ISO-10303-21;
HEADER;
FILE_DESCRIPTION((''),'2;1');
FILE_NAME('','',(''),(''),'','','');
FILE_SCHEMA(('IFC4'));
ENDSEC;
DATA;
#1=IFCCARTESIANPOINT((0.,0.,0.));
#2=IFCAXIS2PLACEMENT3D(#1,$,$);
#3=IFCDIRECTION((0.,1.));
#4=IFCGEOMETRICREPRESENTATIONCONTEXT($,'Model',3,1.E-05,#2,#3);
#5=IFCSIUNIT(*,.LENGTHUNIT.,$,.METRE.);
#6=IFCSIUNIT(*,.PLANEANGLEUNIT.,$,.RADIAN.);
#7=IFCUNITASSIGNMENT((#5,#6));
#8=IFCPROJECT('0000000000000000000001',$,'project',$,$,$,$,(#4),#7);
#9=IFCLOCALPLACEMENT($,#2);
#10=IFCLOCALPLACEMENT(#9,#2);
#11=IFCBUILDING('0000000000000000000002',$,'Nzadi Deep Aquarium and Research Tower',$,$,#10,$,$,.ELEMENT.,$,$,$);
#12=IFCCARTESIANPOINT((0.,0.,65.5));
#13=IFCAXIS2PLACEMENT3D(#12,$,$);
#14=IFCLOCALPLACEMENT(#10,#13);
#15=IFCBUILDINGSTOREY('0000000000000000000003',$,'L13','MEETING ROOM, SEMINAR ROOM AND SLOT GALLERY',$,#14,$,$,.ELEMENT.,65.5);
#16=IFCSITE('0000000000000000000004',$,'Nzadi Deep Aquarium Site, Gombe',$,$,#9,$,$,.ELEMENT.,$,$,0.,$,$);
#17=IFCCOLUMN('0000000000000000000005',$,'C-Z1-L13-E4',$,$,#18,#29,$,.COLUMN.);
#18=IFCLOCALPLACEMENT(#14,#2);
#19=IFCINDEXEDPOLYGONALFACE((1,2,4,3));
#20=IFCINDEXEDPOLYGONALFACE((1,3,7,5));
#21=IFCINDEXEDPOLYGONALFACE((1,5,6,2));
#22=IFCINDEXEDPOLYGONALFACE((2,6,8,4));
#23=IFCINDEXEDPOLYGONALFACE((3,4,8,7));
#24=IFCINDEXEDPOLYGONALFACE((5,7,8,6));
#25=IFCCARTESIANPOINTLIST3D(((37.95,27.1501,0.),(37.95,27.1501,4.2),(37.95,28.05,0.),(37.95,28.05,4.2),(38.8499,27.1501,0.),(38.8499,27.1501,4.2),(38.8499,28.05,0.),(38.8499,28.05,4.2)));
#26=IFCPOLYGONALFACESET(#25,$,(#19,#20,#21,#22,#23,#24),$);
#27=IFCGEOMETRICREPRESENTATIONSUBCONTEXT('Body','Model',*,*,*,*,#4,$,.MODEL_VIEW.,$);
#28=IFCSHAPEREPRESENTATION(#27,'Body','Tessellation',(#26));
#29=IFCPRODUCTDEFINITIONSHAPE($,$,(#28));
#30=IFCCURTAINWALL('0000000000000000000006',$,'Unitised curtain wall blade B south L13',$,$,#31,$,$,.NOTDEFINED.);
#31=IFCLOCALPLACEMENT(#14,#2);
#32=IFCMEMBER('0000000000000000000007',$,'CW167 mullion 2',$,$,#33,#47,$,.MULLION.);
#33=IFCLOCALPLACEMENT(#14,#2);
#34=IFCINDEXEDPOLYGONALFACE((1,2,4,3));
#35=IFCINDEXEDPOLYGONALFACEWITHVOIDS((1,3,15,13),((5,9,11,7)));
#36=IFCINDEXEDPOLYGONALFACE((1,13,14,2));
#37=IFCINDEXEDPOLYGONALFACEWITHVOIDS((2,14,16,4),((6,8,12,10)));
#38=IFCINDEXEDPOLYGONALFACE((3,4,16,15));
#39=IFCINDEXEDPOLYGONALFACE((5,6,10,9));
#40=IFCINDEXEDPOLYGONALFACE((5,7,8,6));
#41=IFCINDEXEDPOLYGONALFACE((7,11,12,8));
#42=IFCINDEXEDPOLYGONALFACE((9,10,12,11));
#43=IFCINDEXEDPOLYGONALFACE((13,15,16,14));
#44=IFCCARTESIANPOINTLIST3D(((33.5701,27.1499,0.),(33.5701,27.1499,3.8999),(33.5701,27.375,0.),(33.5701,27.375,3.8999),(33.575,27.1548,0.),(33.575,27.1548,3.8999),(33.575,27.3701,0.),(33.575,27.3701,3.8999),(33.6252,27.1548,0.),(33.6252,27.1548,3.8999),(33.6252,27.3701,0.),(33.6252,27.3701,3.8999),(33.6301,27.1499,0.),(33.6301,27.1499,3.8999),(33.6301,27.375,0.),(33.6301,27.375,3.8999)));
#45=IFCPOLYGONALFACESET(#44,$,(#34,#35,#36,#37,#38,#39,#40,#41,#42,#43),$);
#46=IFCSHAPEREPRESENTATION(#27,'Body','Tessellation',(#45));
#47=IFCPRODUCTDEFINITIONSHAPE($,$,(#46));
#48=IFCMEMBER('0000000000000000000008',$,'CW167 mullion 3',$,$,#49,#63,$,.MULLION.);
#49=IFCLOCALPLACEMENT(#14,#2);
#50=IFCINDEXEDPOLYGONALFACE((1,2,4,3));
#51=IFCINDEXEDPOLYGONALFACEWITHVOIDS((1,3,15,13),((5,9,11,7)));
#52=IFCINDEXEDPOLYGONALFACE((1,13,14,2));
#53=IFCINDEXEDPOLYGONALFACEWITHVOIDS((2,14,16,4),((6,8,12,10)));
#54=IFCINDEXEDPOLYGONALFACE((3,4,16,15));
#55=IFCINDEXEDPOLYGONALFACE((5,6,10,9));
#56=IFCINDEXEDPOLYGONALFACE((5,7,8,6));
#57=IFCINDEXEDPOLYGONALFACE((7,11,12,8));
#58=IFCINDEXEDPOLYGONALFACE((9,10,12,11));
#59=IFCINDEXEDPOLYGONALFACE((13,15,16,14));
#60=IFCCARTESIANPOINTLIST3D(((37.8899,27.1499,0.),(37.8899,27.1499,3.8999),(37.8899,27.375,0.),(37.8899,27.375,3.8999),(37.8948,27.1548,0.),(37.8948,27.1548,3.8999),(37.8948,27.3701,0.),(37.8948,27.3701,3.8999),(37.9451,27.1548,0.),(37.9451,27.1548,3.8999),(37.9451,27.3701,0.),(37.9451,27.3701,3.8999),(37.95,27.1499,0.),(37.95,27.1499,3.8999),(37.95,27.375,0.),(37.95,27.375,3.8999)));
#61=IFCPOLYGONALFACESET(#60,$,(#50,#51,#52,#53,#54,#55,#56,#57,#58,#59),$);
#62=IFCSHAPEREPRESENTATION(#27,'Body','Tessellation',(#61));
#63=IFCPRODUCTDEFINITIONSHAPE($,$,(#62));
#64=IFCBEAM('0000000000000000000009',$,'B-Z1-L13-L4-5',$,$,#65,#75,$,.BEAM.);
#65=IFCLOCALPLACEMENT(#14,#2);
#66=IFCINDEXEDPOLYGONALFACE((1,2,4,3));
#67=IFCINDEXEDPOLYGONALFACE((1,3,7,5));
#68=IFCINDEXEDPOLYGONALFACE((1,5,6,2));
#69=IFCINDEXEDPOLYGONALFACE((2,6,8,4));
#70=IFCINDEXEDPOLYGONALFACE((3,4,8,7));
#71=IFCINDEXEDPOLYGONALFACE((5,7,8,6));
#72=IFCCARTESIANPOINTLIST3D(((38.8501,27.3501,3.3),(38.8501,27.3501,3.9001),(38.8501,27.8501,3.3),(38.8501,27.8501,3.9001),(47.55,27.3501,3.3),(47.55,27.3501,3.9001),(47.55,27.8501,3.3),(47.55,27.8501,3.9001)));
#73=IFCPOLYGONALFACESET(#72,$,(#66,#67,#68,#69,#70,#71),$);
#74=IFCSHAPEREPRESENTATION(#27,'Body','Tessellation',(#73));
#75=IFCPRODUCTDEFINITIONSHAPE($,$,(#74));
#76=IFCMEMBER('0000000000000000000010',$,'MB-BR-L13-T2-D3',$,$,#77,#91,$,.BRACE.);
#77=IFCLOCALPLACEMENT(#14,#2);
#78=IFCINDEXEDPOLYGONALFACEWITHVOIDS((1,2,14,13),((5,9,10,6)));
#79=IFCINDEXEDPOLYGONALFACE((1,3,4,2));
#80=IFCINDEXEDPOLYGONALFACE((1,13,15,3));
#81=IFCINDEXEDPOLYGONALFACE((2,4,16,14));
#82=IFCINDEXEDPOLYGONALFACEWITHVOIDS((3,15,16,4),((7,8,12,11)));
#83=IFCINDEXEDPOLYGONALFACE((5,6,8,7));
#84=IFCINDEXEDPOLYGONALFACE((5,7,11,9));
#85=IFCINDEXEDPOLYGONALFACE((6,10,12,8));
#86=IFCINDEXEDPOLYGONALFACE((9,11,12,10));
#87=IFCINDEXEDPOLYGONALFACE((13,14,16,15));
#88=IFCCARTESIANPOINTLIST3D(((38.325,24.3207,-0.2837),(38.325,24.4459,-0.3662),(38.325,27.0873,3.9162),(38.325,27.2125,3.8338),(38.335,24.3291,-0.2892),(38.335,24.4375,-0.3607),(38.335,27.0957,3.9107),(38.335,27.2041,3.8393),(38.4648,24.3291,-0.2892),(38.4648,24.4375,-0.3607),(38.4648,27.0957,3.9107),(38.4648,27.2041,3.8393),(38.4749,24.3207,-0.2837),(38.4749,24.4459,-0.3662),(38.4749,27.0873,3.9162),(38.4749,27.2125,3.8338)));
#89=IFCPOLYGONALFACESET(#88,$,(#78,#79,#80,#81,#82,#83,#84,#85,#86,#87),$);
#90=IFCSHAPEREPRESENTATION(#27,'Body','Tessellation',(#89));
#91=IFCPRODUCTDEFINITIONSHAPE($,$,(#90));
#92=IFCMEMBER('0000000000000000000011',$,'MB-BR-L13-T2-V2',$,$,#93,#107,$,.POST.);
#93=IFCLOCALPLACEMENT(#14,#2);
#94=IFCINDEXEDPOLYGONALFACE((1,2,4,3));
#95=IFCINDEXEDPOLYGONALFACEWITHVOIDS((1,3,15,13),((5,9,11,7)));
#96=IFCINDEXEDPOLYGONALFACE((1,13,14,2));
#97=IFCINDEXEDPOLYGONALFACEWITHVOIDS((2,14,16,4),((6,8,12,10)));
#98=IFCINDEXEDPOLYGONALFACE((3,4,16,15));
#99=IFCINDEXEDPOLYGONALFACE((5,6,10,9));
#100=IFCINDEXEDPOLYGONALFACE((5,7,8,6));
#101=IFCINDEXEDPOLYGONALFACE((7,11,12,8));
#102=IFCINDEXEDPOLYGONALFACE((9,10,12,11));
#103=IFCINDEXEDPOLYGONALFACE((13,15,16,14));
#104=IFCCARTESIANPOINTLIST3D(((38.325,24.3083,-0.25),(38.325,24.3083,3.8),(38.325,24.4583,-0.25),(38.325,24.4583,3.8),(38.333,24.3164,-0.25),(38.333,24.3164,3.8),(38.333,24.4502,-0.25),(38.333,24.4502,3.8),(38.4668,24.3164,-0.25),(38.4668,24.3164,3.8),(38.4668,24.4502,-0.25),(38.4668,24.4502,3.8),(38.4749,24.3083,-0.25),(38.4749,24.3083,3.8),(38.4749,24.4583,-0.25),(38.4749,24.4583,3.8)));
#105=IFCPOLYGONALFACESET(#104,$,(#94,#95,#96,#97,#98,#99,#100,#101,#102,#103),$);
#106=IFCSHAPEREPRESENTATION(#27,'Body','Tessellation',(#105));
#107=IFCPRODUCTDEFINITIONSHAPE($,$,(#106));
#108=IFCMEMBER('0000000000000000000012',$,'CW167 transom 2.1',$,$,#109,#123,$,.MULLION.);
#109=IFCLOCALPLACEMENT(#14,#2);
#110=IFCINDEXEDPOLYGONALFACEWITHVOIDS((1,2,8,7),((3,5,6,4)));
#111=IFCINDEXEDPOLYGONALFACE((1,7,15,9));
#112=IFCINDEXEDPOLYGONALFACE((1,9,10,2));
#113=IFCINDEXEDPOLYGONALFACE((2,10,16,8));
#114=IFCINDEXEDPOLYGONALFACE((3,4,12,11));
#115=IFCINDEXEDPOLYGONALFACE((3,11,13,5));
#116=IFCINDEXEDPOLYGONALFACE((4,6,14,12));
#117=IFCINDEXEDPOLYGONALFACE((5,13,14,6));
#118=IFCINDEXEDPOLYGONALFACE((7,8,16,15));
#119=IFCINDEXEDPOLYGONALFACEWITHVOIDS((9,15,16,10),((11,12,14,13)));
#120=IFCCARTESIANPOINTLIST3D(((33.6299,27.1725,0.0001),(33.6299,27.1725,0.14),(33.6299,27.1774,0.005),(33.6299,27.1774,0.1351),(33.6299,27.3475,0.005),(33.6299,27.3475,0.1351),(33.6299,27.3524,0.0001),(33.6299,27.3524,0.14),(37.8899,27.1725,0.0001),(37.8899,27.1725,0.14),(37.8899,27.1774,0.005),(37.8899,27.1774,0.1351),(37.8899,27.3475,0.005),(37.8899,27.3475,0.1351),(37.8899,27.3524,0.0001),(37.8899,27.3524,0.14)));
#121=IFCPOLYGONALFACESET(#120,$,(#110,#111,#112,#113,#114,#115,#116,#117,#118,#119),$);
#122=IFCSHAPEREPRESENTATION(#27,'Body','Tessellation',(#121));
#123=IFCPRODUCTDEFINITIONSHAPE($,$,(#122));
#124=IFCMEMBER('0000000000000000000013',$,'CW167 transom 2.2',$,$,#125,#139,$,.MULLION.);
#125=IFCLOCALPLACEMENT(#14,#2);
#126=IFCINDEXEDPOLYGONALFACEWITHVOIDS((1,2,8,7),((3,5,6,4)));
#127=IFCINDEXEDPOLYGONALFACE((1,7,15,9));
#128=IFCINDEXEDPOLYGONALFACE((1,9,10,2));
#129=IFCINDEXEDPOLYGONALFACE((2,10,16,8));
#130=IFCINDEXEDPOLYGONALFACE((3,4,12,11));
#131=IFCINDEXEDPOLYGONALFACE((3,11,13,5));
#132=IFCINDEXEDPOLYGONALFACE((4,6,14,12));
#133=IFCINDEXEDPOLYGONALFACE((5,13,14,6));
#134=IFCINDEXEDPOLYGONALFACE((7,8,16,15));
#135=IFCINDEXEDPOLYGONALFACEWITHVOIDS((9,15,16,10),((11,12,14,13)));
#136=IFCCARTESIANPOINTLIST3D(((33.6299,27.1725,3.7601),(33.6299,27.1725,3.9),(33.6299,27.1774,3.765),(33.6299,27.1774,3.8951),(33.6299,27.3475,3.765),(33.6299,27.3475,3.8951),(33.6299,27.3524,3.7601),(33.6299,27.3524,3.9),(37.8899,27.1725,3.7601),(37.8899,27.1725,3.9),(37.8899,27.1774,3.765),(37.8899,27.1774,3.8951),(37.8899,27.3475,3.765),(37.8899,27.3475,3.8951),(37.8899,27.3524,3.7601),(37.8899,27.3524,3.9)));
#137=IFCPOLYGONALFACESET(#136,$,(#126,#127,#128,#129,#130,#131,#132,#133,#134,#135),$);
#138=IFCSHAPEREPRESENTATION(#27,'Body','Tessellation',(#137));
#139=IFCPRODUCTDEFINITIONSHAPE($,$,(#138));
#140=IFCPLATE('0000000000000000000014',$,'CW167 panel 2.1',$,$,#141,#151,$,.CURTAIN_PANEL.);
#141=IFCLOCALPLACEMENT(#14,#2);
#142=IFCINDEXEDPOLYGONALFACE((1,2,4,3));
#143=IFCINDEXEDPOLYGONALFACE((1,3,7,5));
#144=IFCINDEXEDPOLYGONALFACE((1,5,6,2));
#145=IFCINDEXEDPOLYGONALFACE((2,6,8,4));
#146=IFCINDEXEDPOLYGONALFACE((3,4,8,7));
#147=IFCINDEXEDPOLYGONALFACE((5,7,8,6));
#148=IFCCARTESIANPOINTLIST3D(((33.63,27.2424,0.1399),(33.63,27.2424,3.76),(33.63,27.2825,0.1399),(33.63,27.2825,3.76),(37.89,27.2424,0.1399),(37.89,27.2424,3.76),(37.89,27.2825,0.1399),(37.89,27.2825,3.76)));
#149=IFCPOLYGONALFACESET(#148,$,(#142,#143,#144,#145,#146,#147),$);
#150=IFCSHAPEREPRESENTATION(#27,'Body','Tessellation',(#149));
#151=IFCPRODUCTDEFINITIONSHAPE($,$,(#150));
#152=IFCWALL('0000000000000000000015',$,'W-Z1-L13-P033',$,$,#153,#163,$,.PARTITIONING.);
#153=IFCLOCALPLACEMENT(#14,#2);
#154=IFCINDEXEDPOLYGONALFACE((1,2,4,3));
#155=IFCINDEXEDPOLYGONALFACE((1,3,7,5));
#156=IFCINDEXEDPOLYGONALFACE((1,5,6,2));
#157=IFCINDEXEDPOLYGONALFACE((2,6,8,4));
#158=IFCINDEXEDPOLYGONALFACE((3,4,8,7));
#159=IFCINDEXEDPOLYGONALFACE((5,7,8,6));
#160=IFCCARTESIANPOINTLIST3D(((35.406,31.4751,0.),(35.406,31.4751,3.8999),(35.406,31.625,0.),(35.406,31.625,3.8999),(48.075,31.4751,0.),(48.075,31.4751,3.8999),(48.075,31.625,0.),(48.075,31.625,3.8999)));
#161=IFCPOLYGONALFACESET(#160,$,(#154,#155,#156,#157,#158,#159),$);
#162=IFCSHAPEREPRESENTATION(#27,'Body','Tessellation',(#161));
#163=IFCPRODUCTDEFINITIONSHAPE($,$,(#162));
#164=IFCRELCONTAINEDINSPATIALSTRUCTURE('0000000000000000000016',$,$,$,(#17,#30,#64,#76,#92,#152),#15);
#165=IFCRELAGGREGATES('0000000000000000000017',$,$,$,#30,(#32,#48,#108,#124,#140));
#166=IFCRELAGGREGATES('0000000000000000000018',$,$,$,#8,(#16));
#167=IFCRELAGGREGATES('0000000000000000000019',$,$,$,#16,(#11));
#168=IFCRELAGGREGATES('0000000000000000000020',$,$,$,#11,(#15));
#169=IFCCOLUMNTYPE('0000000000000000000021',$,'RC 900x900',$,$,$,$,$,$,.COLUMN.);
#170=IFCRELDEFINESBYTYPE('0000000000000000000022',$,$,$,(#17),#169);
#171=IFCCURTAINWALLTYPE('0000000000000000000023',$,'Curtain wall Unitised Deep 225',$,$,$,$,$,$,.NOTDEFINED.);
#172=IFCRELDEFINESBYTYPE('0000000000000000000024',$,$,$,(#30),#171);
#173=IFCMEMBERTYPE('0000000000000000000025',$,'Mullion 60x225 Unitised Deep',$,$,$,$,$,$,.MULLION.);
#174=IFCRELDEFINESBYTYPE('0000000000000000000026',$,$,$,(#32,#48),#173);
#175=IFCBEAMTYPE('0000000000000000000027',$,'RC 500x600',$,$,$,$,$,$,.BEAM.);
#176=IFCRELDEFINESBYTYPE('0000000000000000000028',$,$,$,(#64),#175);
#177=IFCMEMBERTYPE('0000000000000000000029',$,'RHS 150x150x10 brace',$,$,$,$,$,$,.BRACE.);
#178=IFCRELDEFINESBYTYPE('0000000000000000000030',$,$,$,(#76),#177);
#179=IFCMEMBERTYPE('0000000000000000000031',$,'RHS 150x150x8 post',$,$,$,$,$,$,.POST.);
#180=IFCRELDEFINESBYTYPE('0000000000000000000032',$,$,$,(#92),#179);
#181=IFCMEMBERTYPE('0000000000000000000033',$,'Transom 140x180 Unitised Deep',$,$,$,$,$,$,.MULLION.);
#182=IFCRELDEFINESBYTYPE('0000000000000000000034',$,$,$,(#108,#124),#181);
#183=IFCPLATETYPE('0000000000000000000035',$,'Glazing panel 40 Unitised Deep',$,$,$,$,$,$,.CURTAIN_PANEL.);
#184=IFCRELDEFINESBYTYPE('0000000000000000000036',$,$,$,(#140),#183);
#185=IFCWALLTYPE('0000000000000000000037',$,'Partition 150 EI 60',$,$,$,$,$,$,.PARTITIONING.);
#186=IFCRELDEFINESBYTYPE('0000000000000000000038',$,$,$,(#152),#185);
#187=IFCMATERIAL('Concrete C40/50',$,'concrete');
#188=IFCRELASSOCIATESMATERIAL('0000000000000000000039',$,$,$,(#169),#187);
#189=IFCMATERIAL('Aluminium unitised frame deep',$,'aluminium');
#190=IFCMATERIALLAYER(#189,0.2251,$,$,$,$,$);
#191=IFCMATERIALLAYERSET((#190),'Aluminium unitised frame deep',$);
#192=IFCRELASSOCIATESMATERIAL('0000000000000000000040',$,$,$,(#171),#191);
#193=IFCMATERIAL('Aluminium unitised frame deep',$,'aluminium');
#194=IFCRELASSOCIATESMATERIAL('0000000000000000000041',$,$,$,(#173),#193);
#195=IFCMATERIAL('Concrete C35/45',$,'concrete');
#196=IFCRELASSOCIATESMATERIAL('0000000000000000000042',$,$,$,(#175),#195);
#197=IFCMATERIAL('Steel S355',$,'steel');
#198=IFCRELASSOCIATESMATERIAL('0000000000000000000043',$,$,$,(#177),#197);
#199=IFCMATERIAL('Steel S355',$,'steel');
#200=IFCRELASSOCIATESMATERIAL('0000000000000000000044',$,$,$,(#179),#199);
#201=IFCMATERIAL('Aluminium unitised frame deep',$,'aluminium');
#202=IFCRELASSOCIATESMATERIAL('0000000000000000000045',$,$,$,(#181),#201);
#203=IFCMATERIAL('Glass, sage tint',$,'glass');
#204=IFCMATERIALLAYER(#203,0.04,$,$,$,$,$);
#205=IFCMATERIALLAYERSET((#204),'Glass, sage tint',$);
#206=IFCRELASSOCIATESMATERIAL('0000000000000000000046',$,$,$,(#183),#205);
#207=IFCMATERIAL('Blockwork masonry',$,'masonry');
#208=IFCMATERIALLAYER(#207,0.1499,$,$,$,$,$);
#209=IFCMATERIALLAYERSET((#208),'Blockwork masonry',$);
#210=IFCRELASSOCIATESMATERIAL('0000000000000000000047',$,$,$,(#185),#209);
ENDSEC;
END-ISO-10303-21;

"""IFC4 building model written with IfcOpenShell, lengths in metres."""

from ifc_helpers import new_model, si_unit, direction, frame, frame_2d, origin, origin_2d, place, context, subcontext, project, spatial, rectangle, hollow_rectangle, extrude, material, layer, layer_set, material_profile, profile_set, type_object, element, aggregate, save


model = new_model("IFC4")

# Units and contexts
model_context = context("Model", 3, precision=1e-05, world=origin(), true_north=direction((0.0, 1.0)))
body_context = subcontext(model_context, "Body", "Model", "MODEL_VIEW")
ifc_project = project(units=[si_unit("LENGTHUNIT", "METRE"), si_unit("PLANEANGLEUNIT", "RADIAN")], contexts=[model_context])

# Site, building, storey
site_placement = place(None, origin())
site = spatial("IfcSite", under=ifc_project, at=site_placement, Name="Nzadi Deep Aquarium Site, Gombe", CompositionType="ELEMENT", RefElevation=0.0)
building_placement = place(site_placement, origin())
building = spatial("IfcBuilding", under=site, at=building_placement, Name="Nzadi Deep Aquarium and Research Tower", CompositionType="ELEMENT")
storey_placement = place(building_placement, frame((0.0, 0.0, 65.5)))
storey = spatial("IfcBuildingStorey", under=building, at=storey_placement, Name="L13", Description="MEETING ROOM, SEMINAR ROOM AND SLOT GALLERY", CompositionType="ELEMENT", Elevation=65.5)

# Column
ifc_material_1 = material(Name="Concrete C40/50", Category="concrete")
ifc_material_profile_1 = material_profile(ifc_material_1, rectangle(XDim=0.8999, YDim=0.8999, at=origin_2d()))
ifc_profile_set_1 = profile_set([ifc_material_profile_1], Name="Concrete C40/50")
column_type = type_object("IfcColumnType", Name="RC 900x900", PredefinedType="COLUMN", material=ifc_profile_set_1)
column_placement = place(storey_placement, frame((38.3999, 27.6001, 0.0), z_axis=(0.0, 0.0, 1.0), x_axis=(1.0, 0.0, 0.0)))
element("IfcColumn", 1, at=column_placement, inside=storey, type_object=column_type, Name="C-Z1-L13-E4", PredefinedType="COLUMN", context=body_context, shape_type="SweptSolid", body=[
    extrude(rectangle(XDim=0.8999, YDim=0.8999, at=origin_2d()), origin(), (0.0, 0.0, 1.0), 4.2),
])

# Curtain wall, members
ifc_material_2 = material(Name="Aluminium unitised frame deep", Category="aluminium")
ifc_layer_1 = layer(ifc_material_2, 0.2251)
ifc_layer_set_1 = layer_set([ifc_layer_1], Name="Aluminium unitised frame deep")
curtain_wall_type = type_object("IfcCurtainWallType", Name="Curtain wall Unitised Deep 225", PredefinedType="NOTDEFINED", material=ifc_layer_set_1)
curtain_wall_placement = place(storey_placement, origin())
curtain_wall = element("IfcCurtainWall", 2, at=curtain_wall_placement, inside=storey, type_object=curtain_wall_type, Name="Unitised curtain wall blade B south L13", PredefinedType="NOTDEFINED")
ifc_material_3 = material(Name="Aluminium unitised frame deep", Category="aluminium")
ifc_material_profile_2 = material_profile(ifc_material_3, hollow_rectangle(XDim=0.2251, YDim=0.0601, WallThickness=0.0049, at=origin_2d()))
ifc_profile_set_2 = profile_set([ifc_material_profile_2], Name="Aluminium unitised frame deep")
member_type_1 = type_object("IfcMemberType", Name="Mullion 60x225 Unitised Deep", PredefinedType="MULLION", material=ifc_profile_set_2)
member_1_placement = place(storey_placement, frame((33.6001, 27.2625, 0.0), z_axis=(0.0, 0.0, 1.0), x_axis=(0.0, 1.0, 0.0)))
member_1 = element("IfcMember", 3, at=member_1_placement, type_object=member_type_1, Name="CW167 mullion 2", PredefinedType="MULLION", context=body_context, shape_type="SweptSolid", body=[
    extrude(hollow_rectangle(XDim=0.2251, YDim=0.0601, WallThickness=0.0049, at=origin_2d()), origin(), (0.0, 0.0, 1.0), 3.8999),
])
member_2_placement = place(storey_placement, frame((37.9199, 27.2625, 0.0), z_axis=(0.0, 0.0, 1.0), x_axis=(0.0, 1.0, 0.0)))
member_2 = element("IfcMember", 4, at=member_2_placement, type_object=member_type_1, Name="CW167 mullion 3", PredefinedType="MULLION", context=body_context, shape_type="SweptSolid", body=[
    extrude(hollow_rectangle(XDim=0.2251, YDim=0.0601, WallThickness=0.0049, at=origin_2d()), origin(), (0.0, 0.0, 1.0), 3.8999),
])

# Beam
ifc_material_4 = material(Name="Concrete C35/45", Category="concrete")
ifc_material_profile_3 = material_profile(ifc_material_4, rectangle(XDim=0.5, YDim=0.6001, at=origin_2d()))
ifc_profile_set_3 = profile_set([ifc_material_profile_3], Name="Concrete C35/45")
beam_type = type_object("IfcBeamType", Name="RC 500x600", PredefinedType="BEAM", material=ifc_profile_set_3)
beam_placement = place(storey_placement, frame((38.8501, 27.6001, 3.6001), z_axis=(1.0, 0.0, 0.0), x_axis=(0.0, 1.0, 0.0)))
element("IfcBeam", 5, at=beam_placement, inside=storey, type_object=beam_type, Name="B-Z1-L13-L4-5", PredefinedType="BEAM", context=body_context, shape_type="SweptSolid", body=[
    extrude(rectangle(XDim=0.5, YDim=0.6001, at=origin_2d()), origin(), (0.0, 0.0, 1.0), 8.7),
])

# Members
ifc_material_5 = material(Name="Steel S355", Category="steel")
ifc_material_profile_4 = material_profile(ifc_material_5, hollow_rectangle(XDim=0.1499, YDim=0.1499, WallThickness=0.01, at=origin_2d()))
ifc_profile_set_4 = profile_set([ifc_material_profile_4], Name="Steel S355")
member_type_2 = type_object("IfcMemberType", Name="RHS 150x150x10 brace", PredefinedType="BRACE", material=ifc_profile_set_4)
member_3_placement = place(storey_placement, frame((38.3999, 24.3833, -0.325), z_axis=(0.0, 0.550099, 0.8351), x_axis=(-1.0, 0.0, 0.0)))
element("IfcMember", 6, at=member_3_placement, inside=storey, type_object=member_type_2, Name="MB-BR-L13-T2-D3", PredefinedType="BRACE", context=body_context, shape_type="SweptSolid", body=[
    extrude(hollow_rectangle(XDim=0.1499, YDim=0.1499, WallThickness=0.01, at=origin_2d()), origin(), (0.0, 0.0, 1.0), 5.0293),
])
ifc_material_6 = material(Name="Steel S355", Category="steel")
ifc_material_profile_5 = material_profile(ifc_material_6, hollow_rectangle(XDim=0.1499, YDim=0.1499, WallThickness=0.0081, at=origin_2d()))
ifc_profile_set_5 = profile_set([ifc_material_profile_5], Name="Steel S355")
member_type_3 = type_object("IfcMemberType", Name="RHS 150x150x8 post", PredefinedType="POST", material=ifc_profile_set_5)
member_4_placement = place(storey_placement, frame((38.3999, 24.3833, -0.25), z_axis=(0.0, 0.0, 1.0), x_axis=(1.0, 0.0, 0.0)))
element("IfcMember", 7, at=member_4_placement, inside=storey, type_object=member_type_3, Name="MB-BR-L13-T2-V2", PredefinedType="POST", context=body_context, shape_type="SweptSolid", body=[
    extrude(hollow_rectangle(XDim=0.1499, YDim=0.1499, WallThickness=0.0081, at=origin_2d()), origin(), (0.0, 0.0, 1.0), 4.05),
])

# Members
ifc_material_7 = material(Name="Aluminium unitised frame deep", Category="aluminium")
ifc_material_profile_6 = material_profile(ifc_material_7, hollow_rectangle(XDim=0.1799, YDim=0.1399, WallThickness=0.0049, at=origin_2d()))
ifc_profile_set_6 = profile_set([ifc_material_profile_6], Name="Aluminium unitised frame deep")
member_type_4 = type_object("IfcMemberType", Name="Transom 140x180 Unitised Deep", PredefinedType="MULLION", material=ifc_profile_set_6)
member_5_placement = place(storey_placement, frame((33.6299, 27.2625, 0.0701), z_axis=(1.0, 0.0, 0.0), x_axis=(0.0, 1.0, 0.0)))
member_5 = element("IfcMember", 8, at=member_5_placement, type_object=member_type_4, Name="CW167 transom 2.1", PredefinedType="MULLION", context=body_context, shape_type="SweptSolid", body=[
    extrude(hollow_rectangle(XDim=0.1799, YDim=0.1399, WallThickness=0.0049, at=origin_2d()), origin(), (0.0, 0.0, 1.0), 4.26),
])
member_6_placement = place(storey_placement, frame((33.6299, 27.2625, 3.8301), z_axis=(1.0, 0.0, 0.0), x_axis=(0.0, 1.0, 0.0)))
member_6 = element("IfcMember", 9, at=member_6_placement, type_object=member_type_4, Name="CW167 transom 2.2", PredefinedType="MULLION", context=body_context, shape_type="SweptSolid", body=[
    extrude(hollow_rectangle(XDim=0.1799, YDim=0.1399, WallThickness=0.0049, at=origin_2d()), origin(), (0.0, 0.0, 1.0), 4.26),
])

# Plate
ifc_material_8 = material(Name="Glass, sage tint", Category="glass")
ifc_layer_2 = layer(ifc_material_8, 0.04)
ifc_layer_set_2 = layer_set([ifc_layer_2], Name="Glass, sage tint")
plate_type = type_object("IfcPlateType", Name="Glazing panel 40 Unitised Deep", PredefinedType="CURTAIN_PANEL", material=ifc_layer_set_2)
plate_placement = place(storey_placement, frame((35.76, 27.2625, 0.1399), z_axis=(0.0, 0.0, 1.0), x_axis=(1.0, 0.0, 0.0)))
plate = element("IfcPlate", 10, at=plate_placement, type_object=plate_type, Name="CW167 panel 2.1", PredefinedType="CURTAIN_PANEL", context=body_context, shape_type="SweptSolid", body=[
    extrude(rectangle(XDim=4.26, YDim=0.04, at=origin_2d()), origin(), (0.0, 0.0, 1.0), 3.6201),
])
aggregate(curtain_wall, [member_1, member_2, member_5, member_6, plate])

# Wall
ifc_material_9 = material(Name="Blockwork masonry", Category="masonry")
ifc_layer_3 = layer(ifc_material_9, 0.1499)
ifc_layer_set_3 = layer_set([ifc_layer_3], Name="Blockwork masonry")
wall_type_1 = type_object("IfcWallType", Name="Partition 150 EI 60", PredefinedType="PARTITIONING", material=ifc_layer_set_3)
wall_1_placement = place(storey_placement, frame((35.406, 31.55, 0.0), z_axis=(0.0, 0.0, 1.0), x_axis=(1.0, 0.0, 0.0)))
element("IfcWall", 11, at=wall_1_placement, inside=storey, type_object=wall_type_1, Name="W-Z1-L13-P033", PredefinedType="PARTITIONING", context=body_context, shape_type="SweptSolid", body=[
    extrude(rectangle(XDim=12.6689, YDim=0.1499, at=frame_2d((6.3345, 0.0))), origin(), (0.0, 0.0, 1.0), 3.8999),
])

save(model, "model.ifc")
